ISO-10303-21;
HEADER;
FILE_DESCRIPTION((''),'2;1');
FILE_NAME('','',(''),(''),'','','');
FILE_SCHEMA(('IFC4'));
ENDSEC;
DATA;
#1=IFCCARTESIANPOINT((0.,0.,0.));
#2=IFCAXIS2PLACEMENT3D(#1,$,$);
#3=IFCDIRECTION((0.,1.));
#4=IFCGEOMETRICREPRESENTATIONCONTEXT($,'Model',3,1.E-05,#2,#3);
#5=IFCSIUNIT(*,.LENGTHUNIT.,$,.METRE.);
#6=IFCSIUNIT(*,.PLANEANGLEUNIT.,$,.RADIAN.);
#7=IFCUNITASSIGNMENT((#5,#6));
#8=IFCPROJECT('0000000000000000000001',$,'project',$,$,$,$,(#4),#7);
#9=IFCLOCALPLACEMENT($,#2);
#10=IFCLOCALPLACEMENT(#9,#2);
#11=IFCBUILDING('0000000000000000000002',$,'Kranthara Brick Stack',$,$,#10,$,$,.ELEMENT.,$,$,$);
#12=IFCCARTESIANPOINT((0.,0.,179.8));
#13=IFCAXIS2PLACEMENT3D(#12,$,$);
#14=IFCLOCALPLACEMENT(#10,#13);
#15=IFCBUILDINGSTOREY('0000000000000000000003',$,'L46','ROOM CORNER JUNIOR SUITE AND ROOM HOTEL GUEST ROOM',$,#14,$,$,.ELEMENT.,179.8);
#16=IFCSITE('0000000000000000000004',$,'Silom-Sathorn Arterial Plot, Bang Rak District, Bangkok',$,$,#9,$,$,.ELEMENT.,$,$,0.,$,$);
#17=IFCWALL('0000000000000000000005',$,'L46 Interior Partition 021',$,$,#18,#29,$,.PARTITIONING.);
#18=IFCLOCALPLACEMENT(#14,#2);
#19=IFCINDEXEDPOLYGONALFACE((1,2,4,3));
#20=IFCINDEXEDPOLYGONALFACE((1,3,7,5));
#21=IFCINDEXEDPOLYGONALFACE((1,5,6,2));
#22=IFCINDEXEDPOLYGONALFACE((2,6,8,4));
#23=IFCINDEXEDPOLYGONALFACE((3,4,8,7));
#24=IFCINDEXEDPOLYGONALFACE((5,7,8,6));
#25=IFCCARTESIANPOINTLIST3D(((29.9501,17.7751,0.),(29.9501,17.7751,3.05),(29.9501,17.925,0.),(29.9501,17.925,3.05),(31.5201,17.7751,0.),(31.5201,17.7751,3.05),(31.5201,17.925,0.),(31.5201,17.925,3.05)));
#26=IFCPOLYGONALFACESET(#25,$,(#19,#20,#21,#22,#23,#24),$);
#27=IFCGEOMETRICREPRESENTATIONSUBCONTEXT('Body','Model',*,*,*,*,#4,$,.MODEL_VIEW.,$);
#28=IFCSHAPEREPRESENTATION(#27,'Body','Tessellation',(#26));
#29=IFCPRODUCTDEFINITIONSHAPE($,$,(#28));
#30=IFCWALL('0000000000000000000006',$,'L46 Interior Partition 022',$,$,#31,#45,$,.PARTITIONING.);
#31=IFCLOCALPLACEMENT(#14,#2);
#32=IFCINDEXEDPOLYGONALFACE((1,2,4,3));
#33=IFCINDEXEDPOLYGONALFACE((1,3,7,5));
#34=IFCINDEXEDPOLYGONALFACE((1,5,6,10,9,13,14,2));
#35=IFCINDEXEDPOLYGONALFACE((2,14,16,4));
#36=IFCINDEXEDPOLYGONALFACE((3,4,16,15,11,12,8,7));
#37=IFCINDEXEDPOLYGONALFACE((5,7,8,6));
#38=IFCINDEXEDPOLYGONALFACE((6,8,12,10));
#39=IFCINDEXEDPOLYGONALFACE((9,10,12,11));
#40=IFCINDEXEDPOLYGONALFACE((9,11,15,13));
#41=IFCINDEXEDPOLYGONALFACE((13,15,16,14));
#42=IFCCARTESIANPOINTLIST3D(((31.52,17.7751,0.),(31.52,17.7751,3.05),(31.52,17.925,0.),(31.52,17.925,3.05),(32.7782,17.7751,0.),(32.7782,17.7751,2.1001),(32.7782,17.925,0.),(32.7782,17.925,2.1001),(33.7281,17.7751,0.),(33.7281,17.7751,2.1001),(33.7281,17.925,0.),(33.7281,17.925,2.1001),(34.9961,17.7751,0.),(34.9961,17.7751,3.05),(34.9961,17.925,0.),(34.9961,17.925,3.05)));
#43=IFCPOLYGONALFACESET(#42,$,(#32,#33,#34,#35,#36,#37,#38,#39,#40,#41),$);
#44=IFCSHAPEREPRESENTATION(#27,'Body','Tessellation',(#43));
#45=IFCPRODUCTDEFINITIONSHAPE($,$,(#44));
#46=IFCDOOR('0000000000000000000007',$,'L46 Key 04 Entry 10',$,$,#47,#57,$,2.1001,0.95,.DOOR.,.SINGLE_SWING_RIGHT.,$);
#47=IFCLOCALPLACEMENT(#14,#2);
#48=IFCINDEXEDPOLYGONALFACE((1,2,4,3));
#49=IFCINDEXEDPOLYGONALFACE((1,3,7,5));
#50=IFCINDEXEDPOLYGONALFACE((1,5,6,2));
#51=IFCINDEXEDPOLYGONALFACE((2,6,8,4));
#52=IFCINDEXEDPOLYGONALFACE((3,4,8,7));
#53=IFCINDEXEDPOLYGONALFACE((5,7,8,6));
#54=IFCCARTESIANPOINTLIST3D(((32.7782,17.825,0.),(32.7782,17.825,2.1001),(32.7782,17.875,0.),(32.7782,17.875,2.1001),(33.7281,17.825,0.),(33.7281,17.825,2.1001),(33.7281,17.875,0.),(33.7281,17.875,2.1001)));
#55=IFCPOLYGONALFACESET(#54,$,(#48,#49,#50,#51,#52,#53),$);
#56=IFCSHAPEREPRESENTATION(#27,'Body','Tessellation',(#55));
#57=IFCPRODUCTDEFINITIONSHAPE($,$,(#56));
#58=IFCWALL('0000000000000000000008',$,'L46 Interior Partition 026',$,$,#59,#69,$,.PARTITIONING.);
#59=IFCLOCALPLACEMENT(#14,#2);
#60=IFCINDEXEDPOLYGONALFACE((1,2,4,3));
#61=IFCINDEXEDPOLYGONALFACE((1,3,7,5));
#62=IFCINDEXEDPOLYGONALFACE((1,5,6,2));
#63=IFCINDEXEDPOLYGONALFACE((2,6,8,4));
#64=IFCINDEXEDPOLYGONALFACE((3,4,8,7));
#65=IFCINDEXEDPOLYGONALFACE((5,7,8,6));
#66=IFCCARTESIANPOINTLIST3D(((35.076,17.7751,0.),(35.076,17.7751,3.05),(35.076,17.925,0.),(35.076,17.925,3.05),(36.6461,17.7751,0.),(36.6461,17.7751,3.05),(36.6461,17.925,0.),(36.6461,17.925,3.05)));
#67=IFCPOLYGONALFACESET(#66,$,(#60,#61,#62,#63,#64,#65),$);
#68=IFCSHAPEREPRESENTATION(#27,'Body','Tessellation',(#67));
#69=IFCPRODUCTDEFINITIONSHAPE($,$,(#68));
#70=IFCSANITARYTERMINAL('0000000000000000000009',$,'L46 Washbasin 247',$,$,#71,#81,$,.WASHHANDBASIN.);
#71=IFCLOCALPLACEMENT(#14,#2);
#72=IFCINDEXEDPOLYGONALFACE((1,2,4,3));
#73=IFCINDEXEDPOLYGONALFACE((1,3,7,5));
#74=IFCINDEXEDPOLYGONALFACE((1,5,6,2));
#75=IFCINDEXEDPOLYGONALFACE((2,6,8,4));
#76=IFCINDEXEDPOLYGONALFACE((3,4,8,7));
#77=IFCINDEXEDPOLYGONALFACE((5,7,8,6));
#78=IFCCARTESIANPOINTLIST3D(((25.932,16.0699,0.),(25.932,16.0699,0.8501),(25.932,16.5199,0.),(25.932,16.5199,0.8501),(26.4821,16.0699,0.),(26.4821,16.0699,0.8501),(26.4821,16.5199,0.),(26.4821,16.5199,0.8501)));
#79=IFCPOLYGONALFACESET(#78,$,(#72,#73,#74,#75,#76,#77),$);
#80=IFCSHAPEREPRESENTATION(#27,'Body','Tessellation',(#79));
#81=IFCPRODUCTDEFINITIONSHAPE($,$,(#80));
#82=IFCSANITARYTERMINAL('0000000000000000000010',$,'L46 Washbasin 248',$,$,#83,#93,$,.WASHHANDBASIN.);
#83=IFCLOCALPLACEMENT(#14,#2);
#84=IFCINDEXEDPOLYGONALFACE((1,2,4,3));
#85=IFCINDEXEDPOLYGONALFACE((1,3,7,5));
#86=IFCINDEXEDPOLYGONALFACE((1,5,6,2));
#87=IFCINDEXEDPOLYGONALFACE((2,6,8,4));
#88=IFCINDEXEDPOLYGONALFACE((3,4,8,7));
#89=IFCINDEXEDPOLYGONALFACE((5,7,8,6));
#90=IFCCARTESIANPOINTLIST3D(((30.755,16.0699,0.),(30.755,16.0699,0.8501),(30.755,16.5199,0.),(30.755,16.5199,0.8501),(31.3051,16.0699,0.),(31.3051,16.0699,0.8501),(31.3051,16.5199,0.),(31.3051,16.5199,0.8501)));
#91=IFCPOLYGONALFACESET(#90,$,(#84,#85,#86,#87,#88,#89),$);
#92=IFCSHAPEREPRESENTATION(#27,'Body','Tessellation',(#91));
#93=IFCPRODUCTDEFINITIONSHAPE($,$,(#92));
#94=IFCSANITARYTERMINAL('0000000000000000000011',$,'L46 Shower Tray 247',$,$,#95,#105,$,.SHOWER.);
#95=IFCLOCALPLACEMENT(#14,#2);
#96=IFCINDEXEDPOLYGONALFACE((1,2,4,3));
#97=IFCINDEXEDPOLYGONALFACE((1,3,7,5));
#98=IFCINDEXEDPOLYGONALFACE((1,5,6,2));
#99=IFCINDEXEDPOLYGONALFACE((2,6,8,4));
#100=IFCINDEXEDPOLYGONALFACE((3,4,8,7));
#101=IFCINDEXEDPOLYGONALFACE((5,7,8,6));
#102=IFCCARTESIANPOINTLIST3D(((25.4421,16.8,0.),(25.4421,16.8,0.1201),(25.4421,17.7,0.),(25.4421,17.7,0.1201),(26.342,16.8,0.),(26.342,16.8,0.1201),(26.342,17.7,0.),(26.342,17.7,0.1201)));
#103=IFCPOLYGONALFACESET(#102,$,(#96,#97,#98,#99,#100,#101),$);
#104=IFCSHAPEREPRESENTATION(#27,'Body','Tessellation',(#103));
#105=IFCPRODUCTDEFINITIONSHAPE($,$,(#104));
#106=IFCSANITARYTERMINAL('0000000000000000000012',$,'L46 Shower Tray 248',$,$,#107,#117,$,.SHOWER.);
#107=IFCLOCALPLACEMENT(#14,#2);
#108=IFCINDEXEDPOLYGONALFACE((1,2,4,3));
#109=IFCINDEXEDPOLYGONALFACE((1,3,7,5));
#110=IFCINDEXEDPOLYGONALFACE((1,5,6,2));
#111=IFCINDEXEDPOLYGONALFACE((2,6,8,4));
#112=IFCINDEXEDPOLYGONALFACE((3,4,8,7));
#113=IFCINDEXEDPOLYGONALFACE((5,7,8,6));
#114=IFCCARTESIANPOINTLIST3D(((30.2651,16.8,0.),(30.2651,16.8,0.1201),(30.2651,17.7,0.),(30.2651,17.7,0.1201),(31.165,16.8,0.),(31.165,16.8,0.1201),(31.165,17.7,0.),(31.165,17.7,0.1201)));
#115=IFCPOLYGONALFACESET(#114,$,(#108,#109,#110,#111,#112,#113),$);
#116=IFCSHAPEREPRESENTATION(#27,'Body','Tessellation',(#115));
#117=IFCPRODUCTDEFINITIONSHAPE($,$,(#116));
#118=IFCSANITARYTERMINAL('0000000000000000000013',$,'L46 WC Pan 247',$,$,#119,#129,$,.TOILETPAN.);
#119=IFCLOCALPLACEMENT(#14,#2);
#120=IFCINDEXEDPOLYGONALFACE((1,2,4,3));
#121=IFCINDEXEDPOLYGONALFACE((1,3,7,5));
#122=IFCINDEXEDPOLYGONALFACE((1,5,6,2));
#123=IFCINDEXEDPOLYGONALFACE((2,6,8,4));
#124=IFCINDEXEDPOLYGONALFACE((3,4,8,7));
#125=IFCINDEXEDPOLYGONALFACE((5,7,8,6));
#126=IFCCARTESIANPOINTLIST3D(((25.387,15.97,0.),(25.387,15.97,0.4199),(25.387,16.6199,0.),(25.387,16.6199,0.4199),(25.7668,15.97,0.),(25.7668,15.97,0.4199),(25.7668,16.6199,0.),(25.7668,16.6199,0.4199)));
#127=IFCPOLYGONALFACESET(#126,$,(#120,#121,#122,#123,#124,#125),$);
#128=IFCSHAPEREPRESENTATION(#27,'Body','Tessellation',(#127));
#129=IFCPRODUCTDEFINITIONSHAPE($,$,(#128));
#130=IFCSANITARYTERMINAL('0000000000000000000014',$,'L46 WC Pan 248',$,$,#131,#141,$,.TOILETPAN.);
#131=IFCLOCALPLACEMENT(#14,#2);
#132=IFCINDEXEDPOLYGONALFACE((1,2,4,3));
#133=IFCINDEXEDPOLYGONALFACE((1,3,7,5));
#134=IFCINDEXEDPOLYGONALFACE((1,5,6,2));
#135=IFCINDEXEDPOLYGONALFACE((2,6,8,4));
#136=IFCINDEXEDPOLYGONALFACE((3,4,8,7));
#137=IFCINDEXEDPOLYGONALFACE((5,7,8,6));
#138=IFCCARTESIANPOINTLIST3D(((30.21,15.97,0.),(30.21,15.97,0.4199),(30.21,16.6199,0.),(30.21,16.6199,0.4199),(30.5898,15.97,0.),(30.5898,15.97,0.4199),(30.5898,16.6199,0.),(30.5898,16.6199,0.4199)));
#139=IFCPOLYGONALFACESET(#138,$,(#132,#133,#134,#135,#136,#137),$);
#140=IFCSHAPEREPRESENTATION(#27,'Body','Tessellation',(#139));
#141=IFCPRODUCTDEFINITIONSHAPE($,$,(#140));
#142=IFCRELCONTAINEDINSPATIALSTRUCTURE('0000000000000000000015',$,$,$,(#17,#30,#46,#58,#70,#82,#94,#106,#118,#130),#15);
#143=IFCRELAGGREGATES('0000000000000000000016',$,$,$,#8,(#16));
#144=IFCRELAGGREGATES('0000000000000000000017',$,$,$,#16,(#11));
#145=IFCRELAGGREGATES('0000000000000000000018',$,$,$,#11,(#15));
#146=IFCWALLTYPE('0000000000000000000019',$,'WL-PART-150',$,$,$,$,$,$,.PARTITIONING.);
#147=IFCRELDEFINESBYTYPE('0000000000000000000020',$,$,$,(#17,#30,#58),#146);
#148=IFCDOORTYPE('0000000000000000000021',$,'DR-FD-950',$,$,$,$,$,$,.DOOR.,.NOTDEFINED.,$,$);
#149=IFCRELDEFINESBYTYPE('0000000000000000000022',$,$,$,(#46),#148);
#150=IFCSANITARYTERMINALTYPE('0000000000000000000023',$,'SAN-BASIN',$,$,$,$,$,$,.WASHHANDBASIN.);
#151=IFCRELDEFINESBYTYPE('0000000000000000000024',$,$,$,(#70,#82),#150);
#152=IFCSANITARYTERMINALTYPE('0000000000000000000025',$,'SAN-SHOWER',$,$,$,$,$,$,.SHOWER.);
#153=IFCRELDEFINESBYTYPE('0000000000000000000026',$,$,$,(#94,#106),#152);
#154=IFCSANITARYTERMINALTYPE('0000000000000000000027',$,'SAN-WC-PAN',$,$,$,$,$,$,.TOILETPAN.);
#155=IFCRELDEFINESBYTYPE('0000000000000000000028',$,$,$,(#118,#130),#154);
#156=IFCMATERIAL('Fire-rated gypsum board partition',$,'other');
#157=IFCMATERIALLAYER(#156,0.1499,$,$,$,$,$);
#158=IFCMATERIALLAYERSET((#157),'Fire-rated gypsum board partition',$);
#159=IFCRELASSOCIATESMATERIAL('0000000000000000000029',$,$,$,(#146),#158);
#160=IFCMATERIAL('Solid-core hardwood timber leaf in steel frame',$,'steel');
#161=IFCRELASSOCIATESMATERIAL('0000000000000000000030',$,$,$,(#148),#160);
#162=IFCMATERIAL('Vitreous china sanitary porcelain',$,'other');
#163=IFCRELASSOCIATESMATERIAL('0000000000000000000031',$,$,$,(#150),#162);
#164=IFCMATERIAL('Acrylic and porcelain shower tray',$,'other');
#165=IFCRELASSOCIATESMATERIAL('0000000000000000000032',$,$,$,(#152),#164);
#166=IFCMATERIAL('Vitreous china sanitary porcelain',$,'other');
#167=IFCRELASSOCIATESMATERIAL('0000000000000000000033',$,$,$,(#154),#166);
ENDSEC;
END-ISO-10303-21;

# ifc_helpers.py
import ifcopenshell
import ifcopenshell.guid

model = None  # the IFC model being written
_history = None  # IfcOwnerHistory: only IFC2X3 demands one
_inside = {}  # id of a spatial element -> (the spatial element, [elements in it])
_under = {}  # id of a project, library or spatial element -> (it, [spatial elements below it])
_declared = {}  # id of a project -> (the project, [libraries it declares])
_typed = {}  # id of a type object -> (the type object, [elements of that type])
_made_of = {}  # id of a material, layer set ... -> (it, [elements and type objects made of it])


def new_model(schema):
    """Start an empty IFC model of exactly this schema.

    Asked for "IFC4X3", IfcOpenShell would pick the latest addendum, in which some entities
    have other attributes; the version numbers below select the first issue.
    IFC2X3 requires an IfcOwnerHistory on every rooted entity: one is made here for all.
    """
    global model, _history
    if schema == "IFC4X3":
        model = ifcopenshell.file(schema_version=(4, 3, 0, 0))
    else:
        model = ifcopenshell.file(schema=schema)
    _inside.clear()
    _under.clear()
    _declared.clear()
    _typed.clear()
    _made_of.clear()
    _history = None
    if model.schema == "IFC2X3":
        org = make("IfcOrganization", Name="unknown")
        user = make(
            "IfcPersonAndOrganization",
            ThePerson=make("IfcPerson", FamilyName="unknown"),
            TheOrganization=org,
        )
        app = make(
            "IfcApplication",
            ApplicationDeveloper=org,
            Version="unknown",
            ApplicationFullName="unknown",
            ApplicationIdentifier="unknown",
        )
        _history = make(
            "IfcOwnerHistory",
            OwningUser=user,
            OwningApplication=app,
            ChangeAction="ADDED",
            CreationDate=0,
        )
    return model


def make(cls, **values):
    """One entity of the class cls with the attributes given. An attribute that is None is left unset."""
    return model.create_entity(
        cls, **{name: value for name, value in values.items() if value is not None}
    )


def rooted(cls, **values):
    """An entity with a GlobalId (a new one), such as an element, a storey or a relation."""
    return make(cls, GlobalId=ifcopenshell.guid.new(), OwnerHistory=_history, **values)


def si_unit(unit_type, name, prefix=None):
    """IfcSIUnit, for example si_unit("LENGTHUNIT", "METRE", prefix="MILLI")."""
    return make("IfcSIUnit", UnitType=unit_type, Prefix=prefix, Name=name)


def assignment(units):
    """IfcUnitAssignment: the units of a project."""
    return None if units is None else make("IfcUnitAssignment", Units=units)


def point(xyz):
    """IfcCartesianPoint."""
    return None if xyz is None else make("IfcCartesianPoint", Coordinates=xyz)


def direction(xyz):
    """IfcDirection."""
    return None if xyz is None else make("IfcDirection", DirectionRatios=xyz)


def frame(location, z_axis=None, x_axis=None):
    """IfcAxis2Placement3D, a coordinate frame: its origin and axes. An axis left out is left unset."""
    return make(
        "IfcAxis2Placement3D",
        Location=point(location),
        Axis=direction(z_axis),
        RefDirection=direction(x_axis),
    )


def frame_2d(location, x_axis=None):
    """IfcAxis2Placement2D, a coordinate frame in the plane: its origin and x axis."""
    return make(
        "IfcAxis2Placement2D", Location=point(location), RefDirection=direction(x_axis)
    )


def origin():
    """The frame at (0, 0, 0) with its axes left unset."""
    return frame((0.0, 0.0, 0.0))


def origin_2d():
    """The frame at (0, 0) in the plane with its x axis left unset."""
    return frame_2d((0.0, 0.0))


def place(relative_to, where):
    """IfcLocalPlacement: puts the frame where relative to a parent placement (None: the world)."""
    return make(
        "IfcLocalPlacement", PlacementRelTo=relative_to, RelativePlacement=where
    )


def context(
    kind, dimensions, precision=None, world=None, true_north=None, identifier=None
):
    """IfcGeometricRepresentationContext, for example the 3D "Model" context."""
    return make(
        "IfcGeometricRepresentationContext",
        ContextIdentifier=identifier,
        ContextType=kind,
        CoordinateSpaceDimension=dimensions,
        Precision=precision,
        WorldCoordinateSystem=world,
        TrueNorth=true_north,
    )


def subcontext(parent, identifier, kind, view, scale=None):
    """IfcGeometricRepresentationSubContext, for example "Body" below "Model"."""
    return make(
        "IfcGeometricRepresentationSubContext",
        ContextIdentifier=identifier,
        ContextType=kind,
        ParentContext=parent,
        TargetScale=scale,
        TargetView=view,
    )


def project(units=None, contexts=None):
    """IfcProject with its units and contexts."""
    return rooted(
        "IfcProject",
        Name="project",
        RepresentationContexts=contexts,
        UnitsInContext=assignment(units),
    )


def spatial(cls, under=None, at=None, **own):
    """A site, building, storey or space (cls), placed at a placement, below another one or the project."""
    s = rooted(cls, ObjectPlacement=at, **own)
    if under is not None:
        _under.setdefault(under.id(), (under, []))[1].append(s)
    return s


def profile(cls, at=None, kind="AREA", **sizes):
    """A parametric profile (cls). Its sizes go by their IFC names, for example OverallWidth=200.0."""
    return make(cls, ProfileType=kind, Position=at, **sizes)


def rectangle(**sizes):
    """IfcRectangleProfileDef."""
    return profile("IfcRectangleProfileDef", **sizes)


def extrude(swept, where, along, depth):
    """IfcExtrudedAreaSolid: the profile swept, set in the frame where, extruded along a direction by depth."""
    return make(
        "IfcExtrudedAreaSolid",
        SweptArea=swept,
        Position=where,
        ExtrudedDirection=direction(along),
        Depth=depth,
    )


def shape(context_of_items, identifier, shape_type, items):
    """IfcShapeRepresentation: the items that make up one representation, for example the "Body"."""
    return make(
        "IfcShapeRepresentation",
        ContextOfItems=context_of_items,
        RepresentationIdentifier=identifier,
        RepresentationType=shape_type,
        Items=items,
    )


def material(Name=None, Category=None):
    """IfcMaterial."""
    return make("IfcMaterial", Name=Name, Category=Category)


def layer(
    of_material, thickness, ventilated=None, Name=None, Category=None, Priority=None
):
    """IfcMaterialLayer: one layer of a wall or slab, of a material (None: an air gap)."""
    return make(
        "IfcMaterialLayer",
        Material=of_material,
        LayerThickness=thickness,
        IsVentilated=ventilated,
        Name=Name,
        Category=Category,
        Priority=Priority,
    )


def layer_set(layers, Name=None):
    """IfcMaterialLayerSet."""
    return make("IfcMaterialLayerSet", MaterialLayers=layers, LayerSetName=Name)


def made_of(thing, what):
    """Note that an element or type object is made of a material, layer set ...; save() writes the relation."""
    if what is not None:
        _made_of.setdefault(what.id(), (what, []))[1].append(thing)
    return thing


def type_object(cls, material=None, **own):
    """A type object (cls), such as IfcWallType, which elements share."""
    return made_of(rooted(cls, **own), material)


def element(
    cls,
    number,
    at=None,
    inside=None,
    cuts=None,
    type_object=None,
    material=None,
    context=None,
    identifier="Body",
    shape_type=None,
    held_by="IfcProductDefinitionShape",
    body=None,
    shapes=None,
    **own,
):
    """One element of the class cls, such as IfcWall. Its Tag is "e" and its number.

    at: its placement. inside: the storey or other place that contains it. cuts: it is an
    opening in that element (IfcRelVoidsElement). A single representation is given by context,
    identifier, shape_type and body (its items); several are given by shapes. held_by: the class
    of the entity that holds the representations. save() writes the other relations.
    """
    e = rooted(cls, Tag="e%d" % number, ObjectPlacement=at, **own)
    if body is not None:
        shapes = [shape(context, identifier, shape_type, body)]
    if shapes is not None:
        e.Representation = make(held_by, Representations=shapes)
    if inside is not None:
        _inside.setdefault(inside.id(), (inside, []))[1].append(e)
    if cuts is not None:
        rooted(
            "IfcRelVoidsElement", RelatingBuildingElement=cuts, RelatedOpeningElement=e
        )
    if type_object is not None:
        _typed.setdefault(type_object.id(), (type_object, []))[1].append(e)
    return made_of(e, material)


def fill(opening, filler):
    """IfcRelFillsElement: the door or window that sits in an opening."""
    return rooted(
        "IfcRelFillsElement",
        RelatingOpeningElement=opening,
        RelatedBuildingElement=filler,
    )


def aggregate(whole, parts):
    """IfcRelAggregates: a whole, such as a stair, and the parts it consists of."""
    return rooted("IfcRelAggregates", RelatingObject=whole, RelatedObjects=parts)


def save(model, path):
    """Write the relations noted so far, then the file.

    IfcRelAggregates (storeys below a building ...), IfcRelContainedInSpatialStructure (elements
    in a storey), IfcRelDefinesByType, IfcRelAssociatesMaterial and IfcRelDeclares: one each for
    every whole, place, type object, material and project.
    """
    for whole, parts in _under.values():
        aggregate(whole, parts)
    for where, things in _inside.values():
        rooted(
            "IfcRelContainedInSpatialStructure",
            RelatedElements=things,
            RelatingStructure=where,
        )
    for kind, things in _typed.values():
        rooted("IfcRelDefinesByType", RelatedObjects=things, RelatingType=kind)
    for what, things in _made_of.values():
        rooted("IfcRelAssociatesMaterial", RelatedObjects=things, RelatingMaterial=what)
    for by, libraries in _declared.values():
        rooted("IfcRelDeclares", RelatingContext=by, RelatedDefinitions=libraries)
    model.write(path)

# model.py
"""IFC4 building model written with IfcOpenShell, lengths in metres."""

from ifc_helpers import new_model, si_unit, direction, frame, frame_2d, origin, origin_2d, place, context, subcontext, project, spatial, rectangle, extrude, material, layer, layer_set, type_object, element, fill, save


model = new_model("IFC4")

# Units and contexts
model_context = context("Model", 3, precision=1e-05, world=origin(), true_north=direction((0.0, 1.0)))
body_context = subcontext(model_context, "Body", "Model", "MODEL_VIEW")
ifc_project = project(units=[si_unit("LENGTHUNIT", "METRE"), si_unit("PLANEANGLEUNIT", "RADIAN")], contexts=[model_context])

# Site, building, storey
site_placement = place(None, origin())
site = spatial("IfcSite", under=ifc_project, at=site_placement, Name="Silom-Sathorn Arterial Plot, Bang Rak District, Bangkok", CompositionType="ELEMENT", RefElevation=0.0)
building_placement = place(site_placement, origin())
building = spatial("IfcBuilding", under=site, at=building_placement, Name="Kranthara Brick Stack", CompositionType="ELEMENT")
storey_placement = place(building_placement, frame((0.0, 0.0, 179.8)))
storey = spatial("IfcBuildingStorey", under=building, at=storey_placement, Name="L46", Description="ROOM CORNER JUNIOR SUITE AND ROOM HOTEL GUEST ROOM", CompositionType="ELEMENT", Elevation=179.8)

# Shared definitions
ifc_material_1 = material(Name="Fire-rated gypsum board partition", Category="other")
ifc_layer_1 = layer(ifc_material_1, 0.1499)
ifc_layer_set_1 = layer_set([ifc_layer_1], Name="Fire-rated gypsum board partition")
wall_type_1 = type_object("IfcWallType", Name="WL-PART-150", PredefinedType="PARTITIONING", material=ifc_layer_set_1)

# Shared definitions
ifc_material_2 = material(Name="Solid-core hardwood timber leaf in steel frame", Category="steel")
door_type = type_object("IfcDoorType", Name="DR-FD-950", OperationType="NOTDEFINED", PredefinedType="DOOR", material=ifc_material_2)

# Wall
wall_1_placement = place(storey_placement, frame((29.95, 17.8501, 0.0), z_axis=(0.0, 0.0, 1.0), x_axis=(1.0, 0.0, 0.0)))
element("IfcWall", 1, at=wall_1_placement, inside=storey, type_object=wall_type_1, Name="L46 Interior Partition 021", PredefinedType="PARTITIONING", context=body_context, shape_type="SweptSolid", body=[
    extrude(rectangle(XDim=1.5701, YDim=0.1499, at=frame_2d((0.7852, 0.0))), origin(), (0.0, 0.0, 1.0), 3.05),
])

# Wall, opening, door
wall_2_placement = place(storey_placement, frame((31.52, 17.8501, 0.0), z_axis=(0.0, 0.0, 1.0), x_axis=(1.0, 0.0, 0.0)))
wall_2 = element("IfcWall", 2, at=wall_2_placement, inside=storey, type_object=wall_type_1, Name="L46 Interior Partition 022", PredefinedType="PARTITIONING", context=body_context, shape_type="SweptSolid", body=[
    extrude(rectangle(XDim=3.4761, YDim=0.1499, at=frame_2d((1.738, 0.0))), origin(), (0.0, 0.0, 1.0), 3.05),
])
opening_1_placement = place(wall_2_placement, frame((1.2581, 0.0, 0.0)))
opening_1 = element("IfcOpeningElement", 3, at=opening_1_placement, cuts=wall_2, PredefinedType="OPENING", context=body_context, shape_type="SweptSolid", body=[
    extrude(rectangle(XDim=0.95, YDim=2.1001, at=frame_2d((0.4751, 1.05))), frame((0.0, 0.085, 0.0), z_axis=(0.0, -1.0, 0.0), x_axis=(1.0, 0.0, 0.0)), (0.0, 0.0, 1.0), 0.1699),
])
door_1_placement = place(opening_1_placement, origin())
door_1 = element("IfcDoor", 4, at=door_1_placement, inside=storey, type_object=door_type, Name="L46 Key 04 Entry 10", OperationType="SINGLE_SWING_RIGHT", OverallHeight=2.1001, OverallWidth=0.95, PredefinedType="DOOR", context=body_context, shape_type="SweptSolid", body=[
    extrude(rectangle(XDim=0.95, YDim=2.1001, at=frame_2d((0.4751, 1.05))), frame((0.0, 0.0249, 0.0), z_axis=(0.0, -1.0, 0.0), x_axis=(1.0, 0.0, 0.0)), (0.0, 0.0, 1.0), 0.05),
])
fill(opening_1, door_1)

# Wall
wall_3_placement = place(storey_placement, frame((35.0759, 17.8501, 0.0), z_axis=(0.0, 0.0, 1.0), x_axis=(1.0, 0.0, 0.0)))
element("IfcWall", 5, at=wall_3_placement, inside=storey, type_object=wall_type_1, Name="L46 Interior Partition 026", PredefinedType="PARTITIONING", context=body_context, shape_type="SweptSolid", body=[
    extrude(rectangle(XDim=1.5701, YDim=0.1499, at=frame_2d((0.7852, 0.0))), origin(), (0.0, 0.0, 1.0), 3.05),
])

# Sanitary terminals
ifc_material_3 = material(Name="Vitreous china sanitary porcelain", Category="other")
sanitary_terminal_type_1 = type_object("IfcSanitaryTerminalType", Name="SAN-BASIN", PredefinedType="WASHHANDBASIN", material=ifc_material_3)
for number, where, z_axis, x_axis, name in (
    (6, (26.207, 16.2949, 0.0), (0.0, 0.0, 1.0), (1.0, 0.0, 0.0), "L46 Washbasin 247"),
    (7, (31.03, 16.2949, 0.0), (0.0, 0.0, 1.0), (1.0, 0.0, 0.0), "L46 Washbasin 248"),
):
    element("IfcSanitaryTerminal", number, at=place(storey_placement, frame(where, z_axis=z_axis, x_axis=x_axis)), inside=storey, type_object=sanitary_terminal_type_1, Name=name, PredefinedType="WASHHANDBASIN", context=body_context, shape_type="SweptSolid", body=[
        extrude(rectangle(XDim=0.55, YDim=0.45, at=origin_2d()), origin(), (0.0, 0.0, 1.0), 0.8501),
    ])
ifc_material_4 = material(Name="Acrylic and porcelain shower tray", Category="other")
sanitary_terminal_type_2 = type_object("IfcSanitaryTerminalType", Name="SAN-SHOWER", PredefinedType="SHOWER", material=ifc_material_4)
for number, where, z_axis, x_axis, name in (
    (8, (25.8921, 17.25, 0.0), (0.0, 0.0, 1.0), (1.0, 0.0, 0.0), "L46 Shower Tray 247"),
    (9, (30.7151, 17.25, 0.0), (0.0, 0.0, 1.0), (1.0, 0.0, 0.0), "L46 Shower Tray 248"),
):
    element("IfcSanitaryTerminal", number, at=place(storey_placement, frame(where, z_axis=z_axis, x_axis=x_axis)), inside=storey, type_object=sanitary_terminal_type_2, Name=name, PredefinedType="SHOWER", context=body_context, shape_type="SweptSolid", body=[
        extrude(rectangle(XDim=0.8999, YDim=0.8999, at=origin_2d()), origin(), (0.0, 0.0, 1.0), 0.1201),
    ])
ifc_material_5 = material(Name="Vitreous china sanitary porcelain", Category="other")
sanitary_terminal_type_3 = type_object("IfcSanitaryTerminalType", Name="SAN-WC-PAN", PredefinedType="TOILETPAN", material=ifc_material_5)
for number, where, z_axis, x_axis, name in (
    (10, (25.5769, 16.2949, 0.0), (0.0, 0.0, 1.0), (1.0, 0.0, 0.0), "L46 WC Pan 247"),
    (11, (30.3999, 16.2949, 0.0), (0.0, 0.0, 1.0), (1.0, 0.0, 0.0), "L46 WC Pan 248"),
):
    element("IfcSanitaryTerminal", number, at=place(storey_placement, frame(where, z_axis=z_axis, x_axis=x_axis)), inside=storey, type_object=sanitary_terminal_type_3, Name=name, PredefinedType="TOILETPAN", context=body_context, shape_type="SweptSolid", body=[
        extrude(rectangle(XDim=0.3799, YDim=0.6499, at=origin_2d()), origin(), (0.0, 0.0, 1.0), 0.4199),
    ])

save(model, "model.ifc")
